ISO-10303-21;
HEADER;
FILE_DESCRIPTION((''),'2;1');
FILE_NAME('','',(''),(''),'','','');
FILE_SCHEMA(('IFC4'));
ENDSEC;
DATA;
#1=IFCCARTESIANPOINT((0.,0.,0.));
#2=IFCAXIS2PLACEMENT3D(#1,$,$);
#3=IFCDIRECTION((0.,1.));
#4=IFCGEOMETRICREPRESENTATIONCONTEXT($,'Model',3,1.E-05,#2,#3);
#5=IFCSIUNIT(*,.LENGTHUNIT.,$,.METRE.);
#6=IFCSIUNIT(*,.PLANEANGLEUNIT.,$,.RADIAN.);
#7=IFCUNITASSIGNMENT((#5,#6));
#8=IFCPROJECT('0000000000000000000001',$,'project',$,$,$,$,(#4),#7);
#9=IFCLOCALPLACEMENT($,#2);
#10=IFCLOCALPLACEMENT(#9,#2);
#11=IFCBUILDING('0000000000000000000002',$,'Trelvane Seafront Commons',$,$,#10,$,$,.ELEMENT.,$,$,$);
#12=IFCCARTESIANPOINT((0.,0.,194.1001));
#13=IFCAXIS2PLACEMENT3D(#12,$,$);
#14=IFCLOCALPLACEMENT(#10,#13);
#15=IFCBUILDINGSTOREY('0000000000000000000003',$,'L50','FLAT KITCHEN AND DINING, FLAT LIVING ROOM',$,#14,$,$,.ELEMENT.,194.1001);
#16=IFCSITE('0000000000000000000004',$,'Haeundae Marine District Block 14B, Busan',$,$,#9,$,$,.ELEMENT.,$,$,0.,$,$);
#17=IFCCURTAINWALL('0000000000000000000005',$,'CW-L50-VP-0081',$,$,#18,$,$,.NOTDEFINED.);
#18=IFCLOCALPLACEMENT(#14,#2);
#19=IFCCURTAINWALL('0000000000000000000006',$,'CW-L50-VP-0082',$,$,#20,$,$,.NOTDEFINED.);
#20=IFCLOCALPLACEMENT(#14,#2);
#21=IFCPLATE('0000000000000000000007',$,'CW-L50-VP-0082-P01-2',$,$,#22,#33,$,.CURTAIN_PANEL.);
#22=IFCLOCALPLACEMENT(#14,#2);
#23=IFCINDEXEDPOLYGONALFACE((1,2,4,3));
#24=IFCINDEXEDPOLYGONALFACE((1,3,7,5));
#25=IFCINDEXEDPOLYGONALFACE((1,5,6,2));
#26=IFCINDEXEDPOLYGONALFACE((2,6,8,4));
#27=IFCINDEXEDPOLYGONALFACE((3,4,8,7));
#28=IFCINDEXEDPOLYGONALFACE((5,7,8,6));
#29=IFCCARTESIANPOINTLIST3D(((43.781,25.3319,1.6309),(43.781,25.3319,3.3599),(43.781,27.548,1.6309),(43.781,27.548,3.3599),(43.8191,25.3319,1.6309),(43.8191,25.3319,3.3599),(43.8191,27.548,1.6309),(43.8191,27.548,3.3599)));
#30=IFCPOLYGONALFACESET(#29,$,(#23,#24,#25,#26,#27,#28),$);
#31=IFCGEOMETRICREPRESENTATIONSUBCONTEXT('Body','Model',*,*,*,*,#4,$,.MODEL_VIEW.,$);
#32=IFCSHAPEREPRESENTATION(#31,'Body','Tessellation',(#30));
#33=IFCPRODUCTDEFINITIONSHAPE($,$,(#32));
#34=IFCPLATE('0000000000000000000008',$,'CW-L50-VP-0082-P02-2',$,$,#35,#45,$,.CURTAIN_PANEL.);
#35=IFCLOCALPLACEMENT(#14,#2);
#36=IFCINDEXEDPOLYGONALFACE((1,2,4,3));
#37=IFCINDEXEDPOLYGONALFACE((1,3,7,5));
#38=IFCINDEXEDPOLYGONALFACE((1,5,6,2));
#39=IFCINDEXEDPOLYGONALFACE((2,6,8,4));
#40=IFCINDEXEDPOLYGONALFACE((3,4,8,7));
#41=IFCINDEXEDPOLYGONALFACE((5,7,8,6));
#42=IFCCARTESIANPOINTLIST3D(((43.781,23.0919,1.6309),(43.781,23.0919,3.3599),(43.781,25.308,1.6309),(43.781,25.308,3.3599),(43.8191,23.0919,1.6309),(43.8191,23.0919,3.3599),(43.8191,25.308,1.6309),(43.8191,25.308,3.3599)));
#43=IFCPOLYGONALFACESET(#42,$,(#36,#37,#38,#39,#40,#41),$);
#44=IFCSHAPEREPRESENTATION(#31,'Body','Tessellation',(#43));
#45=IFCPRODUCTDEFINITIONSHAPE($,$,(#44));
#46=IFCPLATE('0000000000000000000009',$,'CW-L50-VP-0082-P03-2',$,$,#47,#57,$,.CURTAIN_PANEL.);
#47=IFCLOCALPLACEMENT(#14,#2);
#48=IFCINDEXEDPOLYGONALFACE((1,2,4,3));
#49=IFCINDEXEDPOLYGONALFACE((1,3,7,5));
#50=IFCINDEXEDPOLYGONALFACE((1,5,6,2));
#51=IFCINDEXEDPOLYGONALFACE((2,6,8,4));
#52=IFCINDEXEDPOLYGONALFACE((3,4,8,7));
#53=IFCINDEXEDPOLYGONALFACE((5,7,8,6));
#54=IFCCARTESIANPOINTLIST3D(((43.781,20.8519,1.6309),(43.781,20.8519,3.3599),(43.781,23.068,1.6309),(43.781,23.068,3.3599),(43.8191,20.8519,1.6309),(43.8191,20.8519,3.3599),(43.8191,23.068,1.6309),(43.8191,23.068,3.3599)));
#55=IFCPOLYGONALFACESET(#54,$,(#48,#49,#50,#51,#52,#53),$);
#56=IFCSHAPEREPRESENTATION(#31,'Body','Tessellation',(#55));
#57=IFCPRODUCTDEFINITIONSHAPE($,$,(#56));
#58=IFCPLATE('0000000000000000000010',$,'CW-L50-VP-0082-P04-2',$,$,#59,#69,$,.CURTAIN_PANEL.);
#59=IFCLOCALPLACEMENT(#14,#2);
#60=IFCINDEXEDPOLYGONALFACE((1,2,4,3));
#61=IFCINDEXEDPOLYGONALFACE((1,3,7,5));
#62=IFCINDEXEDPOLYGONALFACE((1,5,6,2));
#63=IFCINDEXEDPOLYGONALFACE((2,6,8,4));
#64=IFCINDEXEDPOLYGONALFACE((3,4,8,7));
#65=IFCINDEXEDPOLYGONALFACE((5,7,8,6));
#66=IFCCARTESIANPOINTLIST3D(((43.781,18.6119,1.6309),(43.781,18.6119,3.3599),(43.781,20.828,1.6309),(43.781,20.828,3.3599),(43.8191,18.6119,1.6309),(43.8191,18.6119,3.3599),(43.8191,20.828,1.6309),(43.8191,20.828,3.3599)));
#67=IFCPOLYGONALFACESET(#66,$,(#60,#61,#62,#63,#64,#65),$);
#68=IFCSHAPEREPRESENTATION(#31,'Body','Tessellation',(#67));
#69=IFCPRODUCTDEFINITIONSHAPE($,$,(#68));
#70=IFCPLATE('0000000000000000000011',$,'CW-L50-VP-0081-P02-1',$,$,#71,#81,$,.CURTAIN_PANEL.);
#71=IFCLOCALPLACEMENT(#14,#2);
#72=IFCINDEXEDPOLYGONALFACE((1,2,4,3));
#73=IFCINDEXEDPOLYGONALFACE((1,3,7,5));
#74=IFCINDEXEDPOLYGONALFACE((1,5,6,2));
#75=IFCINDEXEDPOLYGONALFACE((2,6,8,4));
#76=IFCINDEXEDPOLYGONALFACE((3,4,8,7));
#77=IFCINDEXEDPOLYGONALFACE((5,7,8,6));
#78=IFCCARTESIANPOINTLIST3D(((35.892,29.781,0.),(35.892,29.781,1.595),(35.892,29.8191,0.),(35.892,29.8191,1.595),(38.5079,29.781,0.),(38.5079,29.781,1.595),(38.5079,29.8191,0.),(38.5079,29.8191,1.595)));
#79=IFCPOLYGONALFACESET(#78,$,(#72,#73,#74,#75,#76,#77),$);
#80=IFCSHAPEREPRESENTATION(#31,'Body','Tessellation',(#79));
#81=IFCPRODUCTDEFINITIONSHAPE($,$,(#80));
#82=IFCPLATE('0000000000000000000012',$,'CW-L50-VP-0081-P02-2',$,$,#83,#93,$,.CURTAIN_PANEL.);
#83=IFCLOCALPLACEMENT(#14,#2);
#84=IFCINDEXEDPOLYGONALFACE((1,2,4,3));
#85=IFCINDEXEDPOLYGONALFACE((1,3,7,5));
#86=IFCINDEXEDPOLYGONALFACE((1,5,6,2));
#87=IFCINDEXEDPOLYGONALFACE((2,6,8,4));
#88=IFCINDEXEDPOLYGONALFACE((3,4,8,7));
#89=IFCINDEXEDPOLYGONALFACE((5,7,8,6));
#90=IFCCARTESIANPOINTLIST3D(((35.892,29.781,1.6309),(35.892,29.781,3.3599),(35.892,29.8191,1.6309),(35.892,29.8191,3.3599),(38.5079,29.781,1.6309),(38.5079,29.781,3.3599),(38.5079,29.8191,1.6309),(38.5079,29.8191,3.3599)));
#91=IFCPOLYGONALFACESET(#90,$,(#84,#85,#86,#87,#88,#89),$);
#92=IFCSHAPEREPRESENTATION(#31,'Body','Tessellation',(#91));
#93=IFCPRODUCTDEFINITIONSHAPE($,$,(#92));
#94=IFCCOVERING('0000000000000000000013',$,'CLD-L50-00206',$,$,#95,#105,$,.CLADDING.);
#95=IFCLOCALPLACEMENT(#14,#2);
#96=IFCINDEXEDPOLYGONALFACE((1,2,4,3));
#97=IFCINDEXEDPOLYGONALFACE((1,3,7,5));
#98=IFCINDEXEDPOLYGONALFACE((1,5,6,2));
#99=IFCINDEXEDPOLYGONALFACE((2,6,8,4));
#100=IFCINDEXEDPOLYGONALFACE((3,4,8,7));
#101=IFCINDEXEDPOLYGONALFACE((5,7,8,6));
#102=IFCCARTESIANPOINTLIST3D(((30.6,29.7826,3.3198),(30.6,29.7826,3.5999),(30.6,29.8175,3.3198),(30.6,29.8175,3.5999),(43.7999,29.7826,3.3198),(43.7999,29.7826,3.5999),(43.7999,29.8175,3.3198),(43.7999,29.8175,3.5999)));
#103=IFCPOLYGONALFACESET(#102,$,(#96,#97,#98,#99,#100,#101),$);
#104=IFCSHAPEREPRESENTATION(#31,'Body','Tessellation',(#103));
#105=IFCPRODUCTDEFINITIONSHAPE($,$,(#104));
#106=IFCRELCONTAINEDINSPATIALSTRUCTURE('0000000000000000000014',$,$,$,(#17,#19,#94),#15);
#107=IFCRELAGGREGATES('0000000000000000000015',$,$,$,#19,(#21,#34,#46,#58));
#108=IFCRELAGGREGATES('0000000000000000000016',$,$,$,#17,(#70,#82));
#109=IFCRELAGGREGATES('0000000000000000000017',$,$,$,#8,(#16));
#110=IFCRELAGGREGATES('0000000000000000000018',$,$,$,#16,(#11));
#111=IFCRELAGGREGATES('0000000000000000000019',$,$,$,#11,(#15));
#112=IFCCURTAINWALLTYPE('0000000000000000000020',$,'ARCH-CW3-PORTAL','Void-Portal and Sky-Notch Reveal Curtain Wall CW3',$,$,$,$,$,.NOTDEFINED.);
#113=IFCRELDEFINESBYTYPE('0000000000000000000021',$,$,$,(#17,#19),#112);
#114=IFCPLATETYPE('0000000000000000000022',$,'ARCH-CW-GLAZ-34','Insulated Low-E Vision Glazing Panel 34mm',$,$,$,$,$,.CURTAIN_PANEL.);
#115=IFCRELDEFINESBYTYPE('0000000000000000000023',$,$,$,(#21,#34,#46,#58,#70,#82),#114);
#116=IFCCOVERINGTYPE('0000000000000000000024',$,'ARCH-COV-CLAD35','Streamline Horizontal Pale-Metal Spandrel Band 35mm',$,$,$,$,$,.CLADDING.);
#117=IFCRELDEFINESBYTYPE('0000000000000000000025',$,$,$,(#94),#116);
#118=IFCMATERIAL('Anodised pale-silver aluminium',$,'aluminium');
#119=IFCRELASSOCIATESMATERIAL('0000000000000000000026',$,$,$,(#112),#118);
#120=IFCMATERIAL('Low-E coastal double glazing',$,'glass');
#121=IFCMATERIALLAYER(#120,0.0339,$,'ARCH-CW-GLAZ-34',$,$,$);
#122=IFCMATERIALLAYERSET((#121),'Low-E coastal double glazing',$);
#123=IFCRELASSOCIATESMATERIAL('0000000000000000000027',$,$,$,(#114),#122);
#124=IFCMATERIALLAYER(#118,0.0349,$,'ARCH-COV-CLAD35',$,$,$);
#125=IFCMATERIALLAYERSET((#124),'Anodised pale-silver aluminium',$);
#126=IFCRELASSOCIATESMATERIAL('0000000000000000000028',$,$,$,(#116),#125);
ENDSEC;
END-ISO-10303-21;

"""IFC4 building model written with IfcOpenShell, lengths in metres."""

from ifc_helpers import new_model, si_unit, direction, frame, origin, origin_2d, place, context, subcontext, project, spatial, rectangle, extrude, source, transform, mapped, material, layer, layer_set, type_object, element, aggregate, save


model = new_model("IFC4")

# Units and contexts
model_context = context("Model", 3, precision=1e-05, world=origin(), true_north=direction((0.0, 1.0)))
body_context = subcontext(model_context, "Body", "Model", "MODEL_VIEW")
ifc_project = project(units=[si_unit("LENGTHUNIT", "METRE"), si_unit("PLANEANGLEUNIT", "RADIAN")], contexts=[model_context])

# Site, building, storey
site_placement = place(None, origin())
site = spatial("IfcSite", under=ifc_project, at=site_placement, Name="Haeundae Marine District Block 14B, Busan", CompositionType="ELEMENT", RefElevation=0.0)
building_placement = place(site_placement, origin())
building = spatial("IfcBuilding", under=site, at=building_placement, Name="Trelvane Seafront Commons", CompositionType="ELEMENT")
storey_placement = place(building_placement, frame((0.0, 0.0, 194.1001)))
storey = spatial("IfcBuildingStorey", under=building, at=storey_placement, Name="L50", Description="FLAT KITCHEN AND DINING, FLAT LIVING ROOM", CompositionType="ELEMENT", Elevation=194.1001)

# Curtain wall
ifc_material_1 = material(Name="Anodised pale-silver aluminium", Category="aluminium")
curtain_wall_type = type_object("IfcCurtainWallType", Name="ARCH-CW3-PORTAL", Description="Void-Portal and Sky-Notch Reveal Curtain Wall CW3", PredefinedType="NOTDEFINED", material=ifc_material_1)
curtain_wall_1_placement = place(storey_placement, origin())
curtain_wall_1 = element("IfcCurtainWall", 1, at=curtain_wall_1_placement, inside=storey, type_object=curtain_wall_type, Name="CW-L50-VP-0081", PredefinedType="NOTDEFINED")

# Curtain wall
curtain_wall_2_placement = place(storey_placement, origin())
curtain_wall_2 = element("IfcCurtainWall", 2, at=curtain_wall_2_placement, inside=storey, type_object=curtain_wall_type, Name="CW-L50-VP-0082", PredefinedType="NOTDEFINED")

# Plates
ifc_material_2 = material(Name="Low-E coastal double glazing", Category="glass")
ifc_layer_1 = layer(ifc_material_2, 0.0339, Name="ARCH-CW-GLAZ-34")
ifc_layer_set_1 = layer_set([ifc_layer_1], Name="Low-E coastal double glazing")
plate_type = type_object("IfcPlateType", Name="ARCH-CW-GLAZ-34", Description="Insulated Low-E Vision Glazing Panel 34mm", PredefinedType="CURTAIN_PANEL", material=ifc_layer_set_1)
shared_shape_1 = source(origin(), body_context, "Body", "SweptSolid", [
    extrude(rectangle(XDim=2.2161, YDim=0.0381, at=origin_2d()), origin(), (0.0, 0.0, 1.0), 1.729),
])
plate_1_placement = place(storey_placement, frame((43.8, 26.4399, 1.6309), z_axis=(0.0, 0.0, 1.0), x_axis=(0.0, -1.0, 0.0)))
plate_1 = element("IfcPlate", 3, at=plate_1_placement, type_object=plate_type, Name="CW-L50-VP-0082-P01-2", PredefinedType="CURTAIN_PANEL", context=body_context, shape_type="MappedRepresentation", body=[
    mapped(shared_shape_1, transform((0.0, 0.0, 0.0), x_axis=(1.0, 0.0, 0.0), y_axis=(0.0, 1.0, 0.0), z_axis=(0.0, 0.0, 1.0), scale=1.0)),
])
plate_2_placement = place(storey_placement, frame((43.8, 24.2, 1.6309), z_axis=(0.0, 0.0, 1.0), x_axis=(0.0, -1.0, 0.0)))
plate_2 = element("IfcPlate", 4, at=plate_2_placement, type_object=plate_type, Name="CW-L50-VP-0082-P02-2", PredefinedType="CURTAIN_PANEL", context=body_context, shape_type="MappedRepresentation", body=[
    mapped(shared_shape_1, transform((0.0, 0.0, 0.0), x_axis=(1.0, 0.0, 0.0), y_axis=(0.0, 1.0, 0.0), z_axis=(0.0, 0.0, 1.0), scale=1.0)),
])
plate_3_placement = place(storey_placement, frame((43.8, 21.96, 1.6309), z_axis=(0.0, 0.0, 1.0), x_axis=(0.0, -1.0, 0.0)))
plate_3 = element("IfcPlate", 5, at=plate_3_placement, type_object=plate_type, Name="CW-L50-VP-0082-P03-2", PredefinedType="CURTAIN_PANEL", context=body_context, shape_type="MappedRepresentation", body=[
    mapped(shared_shape_1, transform((0.0, 0.0, 0.0), x_axis=(1.0, 0.0, 0.0), y_axis=(0.0, 1.0, 0.0), z_axis=(0.0, 0.0, 1.0), scale=1.0)),
])
plate_4_placement = place(storey_placement, frame((43.8, 19.72, 1.6309), z_axis=(0.0, 0.0, 1.0), x_axis=(0.0, -1.0, 0.0)))
plate_4 = element("IfcPlate", 6, at=plate_4_placement, type_object=plate_type, Name="CW-L50-VP-0082-P04-2", PredefinedType="CURTAIN_PANEL", context=body_context, shape_type="MappedRepresentation", body=[
    mapped(shared_shape_1, transform((0.0, 0.0, 0.0), x_axis=(1.0, 0.0, 0.0), y_axis=(0.0, 1.0, 0.0), z_axis=(0.0, 0.0, 1.0), scale=1.0)),
])
aggregate(curtain_wall_2, [plate_1, plate_2, plate_3, plate_4])
shared_shape_2 = source(origin(), body_context, "Body", "SweptSolid", [
    extrude(rectangle(XDim=2.616, YDim=0.0381, at=origin_2d()), origin(), (0.0, 0.0, 1.0), 1.595),
])
plate_5_placement = place(storey_placement, frame((37.2, 29.8, 0.0), z_axis=(0.0, 0.0, 1.0), x_axis=(1.0, 0.0, 0.0)))
plate_5 = element("IfcPlate", 7, at=plate_5_placement, type_object=plate_type, Name="CW-L50-VP-0081-P02-1", PredefinedType="CURTAIN_PANEL", context=body_context, shape_type="MappedRepresentation", body=[
    mapped(shared_shape_2, transform((0.0, 0.0, 0.0), x_axis=(1.0, 0.0, 0.0), y_axis=(0.0, 1.0, 0.0), z_axis=(0.0, 0.0, 1.0), scale=1.0)),
])
shared_shape_3 = source(origin(), body_context, "Body", "SweptSolid", [
    extrude(rectangle(XDim=2.616, YDim=0.0381, at=origin_2d()), origin(), (0.0, 0.0, 1.0), 1.729),
])
plate_6_placement = place(storey_placement, frame((37.2, 29.8, 1.6309), z_axis=(0.0, 0.0, 1.0), x_axis=(1.0, 0.0, 0.0)))
plate_6 = element("IfcPlate", 8, at=plate_6_placement, type_object=plate_type, Name="CW-L50-VP-0081-P02-2", PredefinedType="CURTAIN_PANEL", context=body_context, shape_type="MappedRepresentation", body=[
    mapped(shared_shape_3, transform((0.0, 0.0, 0.0), x_axis=(1.0, 0.0, 0.0), y_axis=(0.0, 1.0, 0.0), z_axis=(0.0, 0.0, 1.0), scale=1.0)),
])
aggregate(curtain_wall_1, [plate_5, plate_6])

# Covering
ifc_layer_2 = layer(ifc_material_1, 0.0349, Name="ARCH-COV-CLAD35")
ifc_layer_set_2 = layer_set([ifc_layer_2], Name="Anodised pale-silver aluminium")
covering_type = type_object("IfcCoveringType", Name="ARCH-COV-CLAD35", Description="Streamline Horizontal Pale-Metal Spandrel Band 35mm", PredefinedType="CLADDING", material=ifc_layer_set_2)
shared_shape_4 = source(origin(), body_context, "Body", "SweptSolid", [
    extrude(rectangle(XDim=13.2, YDim=0.0349, at=origin_2d()), origin(), (0.0, 0.0, 1.0), 0.28),
])
covering_placement = place(storey_placement, frame((37.2, 29.8, 3.3198), z_axis=(0.0, 0.0, 1.0), x_axis=(-1.0, 0.0, 0.0)))
element("IfcCovering", 9, at=covering_placement, inside=storey, type_object=covering_type, Name="CLD-L50-00206", PredefinedType="CLADDING", context=body_context, shape_type="MappedRepresentation", body=[
    mapped(shared_shape_4, transform((0.0, 0.0, 0.0), x_axis=(1.0, 0.0, 0.0), y_axis=(0.0, 1.0, 0.0), z_axis=(0.0, 0.0, 1.0), scale=1.0)),
])

save(model, "model.ifc")
